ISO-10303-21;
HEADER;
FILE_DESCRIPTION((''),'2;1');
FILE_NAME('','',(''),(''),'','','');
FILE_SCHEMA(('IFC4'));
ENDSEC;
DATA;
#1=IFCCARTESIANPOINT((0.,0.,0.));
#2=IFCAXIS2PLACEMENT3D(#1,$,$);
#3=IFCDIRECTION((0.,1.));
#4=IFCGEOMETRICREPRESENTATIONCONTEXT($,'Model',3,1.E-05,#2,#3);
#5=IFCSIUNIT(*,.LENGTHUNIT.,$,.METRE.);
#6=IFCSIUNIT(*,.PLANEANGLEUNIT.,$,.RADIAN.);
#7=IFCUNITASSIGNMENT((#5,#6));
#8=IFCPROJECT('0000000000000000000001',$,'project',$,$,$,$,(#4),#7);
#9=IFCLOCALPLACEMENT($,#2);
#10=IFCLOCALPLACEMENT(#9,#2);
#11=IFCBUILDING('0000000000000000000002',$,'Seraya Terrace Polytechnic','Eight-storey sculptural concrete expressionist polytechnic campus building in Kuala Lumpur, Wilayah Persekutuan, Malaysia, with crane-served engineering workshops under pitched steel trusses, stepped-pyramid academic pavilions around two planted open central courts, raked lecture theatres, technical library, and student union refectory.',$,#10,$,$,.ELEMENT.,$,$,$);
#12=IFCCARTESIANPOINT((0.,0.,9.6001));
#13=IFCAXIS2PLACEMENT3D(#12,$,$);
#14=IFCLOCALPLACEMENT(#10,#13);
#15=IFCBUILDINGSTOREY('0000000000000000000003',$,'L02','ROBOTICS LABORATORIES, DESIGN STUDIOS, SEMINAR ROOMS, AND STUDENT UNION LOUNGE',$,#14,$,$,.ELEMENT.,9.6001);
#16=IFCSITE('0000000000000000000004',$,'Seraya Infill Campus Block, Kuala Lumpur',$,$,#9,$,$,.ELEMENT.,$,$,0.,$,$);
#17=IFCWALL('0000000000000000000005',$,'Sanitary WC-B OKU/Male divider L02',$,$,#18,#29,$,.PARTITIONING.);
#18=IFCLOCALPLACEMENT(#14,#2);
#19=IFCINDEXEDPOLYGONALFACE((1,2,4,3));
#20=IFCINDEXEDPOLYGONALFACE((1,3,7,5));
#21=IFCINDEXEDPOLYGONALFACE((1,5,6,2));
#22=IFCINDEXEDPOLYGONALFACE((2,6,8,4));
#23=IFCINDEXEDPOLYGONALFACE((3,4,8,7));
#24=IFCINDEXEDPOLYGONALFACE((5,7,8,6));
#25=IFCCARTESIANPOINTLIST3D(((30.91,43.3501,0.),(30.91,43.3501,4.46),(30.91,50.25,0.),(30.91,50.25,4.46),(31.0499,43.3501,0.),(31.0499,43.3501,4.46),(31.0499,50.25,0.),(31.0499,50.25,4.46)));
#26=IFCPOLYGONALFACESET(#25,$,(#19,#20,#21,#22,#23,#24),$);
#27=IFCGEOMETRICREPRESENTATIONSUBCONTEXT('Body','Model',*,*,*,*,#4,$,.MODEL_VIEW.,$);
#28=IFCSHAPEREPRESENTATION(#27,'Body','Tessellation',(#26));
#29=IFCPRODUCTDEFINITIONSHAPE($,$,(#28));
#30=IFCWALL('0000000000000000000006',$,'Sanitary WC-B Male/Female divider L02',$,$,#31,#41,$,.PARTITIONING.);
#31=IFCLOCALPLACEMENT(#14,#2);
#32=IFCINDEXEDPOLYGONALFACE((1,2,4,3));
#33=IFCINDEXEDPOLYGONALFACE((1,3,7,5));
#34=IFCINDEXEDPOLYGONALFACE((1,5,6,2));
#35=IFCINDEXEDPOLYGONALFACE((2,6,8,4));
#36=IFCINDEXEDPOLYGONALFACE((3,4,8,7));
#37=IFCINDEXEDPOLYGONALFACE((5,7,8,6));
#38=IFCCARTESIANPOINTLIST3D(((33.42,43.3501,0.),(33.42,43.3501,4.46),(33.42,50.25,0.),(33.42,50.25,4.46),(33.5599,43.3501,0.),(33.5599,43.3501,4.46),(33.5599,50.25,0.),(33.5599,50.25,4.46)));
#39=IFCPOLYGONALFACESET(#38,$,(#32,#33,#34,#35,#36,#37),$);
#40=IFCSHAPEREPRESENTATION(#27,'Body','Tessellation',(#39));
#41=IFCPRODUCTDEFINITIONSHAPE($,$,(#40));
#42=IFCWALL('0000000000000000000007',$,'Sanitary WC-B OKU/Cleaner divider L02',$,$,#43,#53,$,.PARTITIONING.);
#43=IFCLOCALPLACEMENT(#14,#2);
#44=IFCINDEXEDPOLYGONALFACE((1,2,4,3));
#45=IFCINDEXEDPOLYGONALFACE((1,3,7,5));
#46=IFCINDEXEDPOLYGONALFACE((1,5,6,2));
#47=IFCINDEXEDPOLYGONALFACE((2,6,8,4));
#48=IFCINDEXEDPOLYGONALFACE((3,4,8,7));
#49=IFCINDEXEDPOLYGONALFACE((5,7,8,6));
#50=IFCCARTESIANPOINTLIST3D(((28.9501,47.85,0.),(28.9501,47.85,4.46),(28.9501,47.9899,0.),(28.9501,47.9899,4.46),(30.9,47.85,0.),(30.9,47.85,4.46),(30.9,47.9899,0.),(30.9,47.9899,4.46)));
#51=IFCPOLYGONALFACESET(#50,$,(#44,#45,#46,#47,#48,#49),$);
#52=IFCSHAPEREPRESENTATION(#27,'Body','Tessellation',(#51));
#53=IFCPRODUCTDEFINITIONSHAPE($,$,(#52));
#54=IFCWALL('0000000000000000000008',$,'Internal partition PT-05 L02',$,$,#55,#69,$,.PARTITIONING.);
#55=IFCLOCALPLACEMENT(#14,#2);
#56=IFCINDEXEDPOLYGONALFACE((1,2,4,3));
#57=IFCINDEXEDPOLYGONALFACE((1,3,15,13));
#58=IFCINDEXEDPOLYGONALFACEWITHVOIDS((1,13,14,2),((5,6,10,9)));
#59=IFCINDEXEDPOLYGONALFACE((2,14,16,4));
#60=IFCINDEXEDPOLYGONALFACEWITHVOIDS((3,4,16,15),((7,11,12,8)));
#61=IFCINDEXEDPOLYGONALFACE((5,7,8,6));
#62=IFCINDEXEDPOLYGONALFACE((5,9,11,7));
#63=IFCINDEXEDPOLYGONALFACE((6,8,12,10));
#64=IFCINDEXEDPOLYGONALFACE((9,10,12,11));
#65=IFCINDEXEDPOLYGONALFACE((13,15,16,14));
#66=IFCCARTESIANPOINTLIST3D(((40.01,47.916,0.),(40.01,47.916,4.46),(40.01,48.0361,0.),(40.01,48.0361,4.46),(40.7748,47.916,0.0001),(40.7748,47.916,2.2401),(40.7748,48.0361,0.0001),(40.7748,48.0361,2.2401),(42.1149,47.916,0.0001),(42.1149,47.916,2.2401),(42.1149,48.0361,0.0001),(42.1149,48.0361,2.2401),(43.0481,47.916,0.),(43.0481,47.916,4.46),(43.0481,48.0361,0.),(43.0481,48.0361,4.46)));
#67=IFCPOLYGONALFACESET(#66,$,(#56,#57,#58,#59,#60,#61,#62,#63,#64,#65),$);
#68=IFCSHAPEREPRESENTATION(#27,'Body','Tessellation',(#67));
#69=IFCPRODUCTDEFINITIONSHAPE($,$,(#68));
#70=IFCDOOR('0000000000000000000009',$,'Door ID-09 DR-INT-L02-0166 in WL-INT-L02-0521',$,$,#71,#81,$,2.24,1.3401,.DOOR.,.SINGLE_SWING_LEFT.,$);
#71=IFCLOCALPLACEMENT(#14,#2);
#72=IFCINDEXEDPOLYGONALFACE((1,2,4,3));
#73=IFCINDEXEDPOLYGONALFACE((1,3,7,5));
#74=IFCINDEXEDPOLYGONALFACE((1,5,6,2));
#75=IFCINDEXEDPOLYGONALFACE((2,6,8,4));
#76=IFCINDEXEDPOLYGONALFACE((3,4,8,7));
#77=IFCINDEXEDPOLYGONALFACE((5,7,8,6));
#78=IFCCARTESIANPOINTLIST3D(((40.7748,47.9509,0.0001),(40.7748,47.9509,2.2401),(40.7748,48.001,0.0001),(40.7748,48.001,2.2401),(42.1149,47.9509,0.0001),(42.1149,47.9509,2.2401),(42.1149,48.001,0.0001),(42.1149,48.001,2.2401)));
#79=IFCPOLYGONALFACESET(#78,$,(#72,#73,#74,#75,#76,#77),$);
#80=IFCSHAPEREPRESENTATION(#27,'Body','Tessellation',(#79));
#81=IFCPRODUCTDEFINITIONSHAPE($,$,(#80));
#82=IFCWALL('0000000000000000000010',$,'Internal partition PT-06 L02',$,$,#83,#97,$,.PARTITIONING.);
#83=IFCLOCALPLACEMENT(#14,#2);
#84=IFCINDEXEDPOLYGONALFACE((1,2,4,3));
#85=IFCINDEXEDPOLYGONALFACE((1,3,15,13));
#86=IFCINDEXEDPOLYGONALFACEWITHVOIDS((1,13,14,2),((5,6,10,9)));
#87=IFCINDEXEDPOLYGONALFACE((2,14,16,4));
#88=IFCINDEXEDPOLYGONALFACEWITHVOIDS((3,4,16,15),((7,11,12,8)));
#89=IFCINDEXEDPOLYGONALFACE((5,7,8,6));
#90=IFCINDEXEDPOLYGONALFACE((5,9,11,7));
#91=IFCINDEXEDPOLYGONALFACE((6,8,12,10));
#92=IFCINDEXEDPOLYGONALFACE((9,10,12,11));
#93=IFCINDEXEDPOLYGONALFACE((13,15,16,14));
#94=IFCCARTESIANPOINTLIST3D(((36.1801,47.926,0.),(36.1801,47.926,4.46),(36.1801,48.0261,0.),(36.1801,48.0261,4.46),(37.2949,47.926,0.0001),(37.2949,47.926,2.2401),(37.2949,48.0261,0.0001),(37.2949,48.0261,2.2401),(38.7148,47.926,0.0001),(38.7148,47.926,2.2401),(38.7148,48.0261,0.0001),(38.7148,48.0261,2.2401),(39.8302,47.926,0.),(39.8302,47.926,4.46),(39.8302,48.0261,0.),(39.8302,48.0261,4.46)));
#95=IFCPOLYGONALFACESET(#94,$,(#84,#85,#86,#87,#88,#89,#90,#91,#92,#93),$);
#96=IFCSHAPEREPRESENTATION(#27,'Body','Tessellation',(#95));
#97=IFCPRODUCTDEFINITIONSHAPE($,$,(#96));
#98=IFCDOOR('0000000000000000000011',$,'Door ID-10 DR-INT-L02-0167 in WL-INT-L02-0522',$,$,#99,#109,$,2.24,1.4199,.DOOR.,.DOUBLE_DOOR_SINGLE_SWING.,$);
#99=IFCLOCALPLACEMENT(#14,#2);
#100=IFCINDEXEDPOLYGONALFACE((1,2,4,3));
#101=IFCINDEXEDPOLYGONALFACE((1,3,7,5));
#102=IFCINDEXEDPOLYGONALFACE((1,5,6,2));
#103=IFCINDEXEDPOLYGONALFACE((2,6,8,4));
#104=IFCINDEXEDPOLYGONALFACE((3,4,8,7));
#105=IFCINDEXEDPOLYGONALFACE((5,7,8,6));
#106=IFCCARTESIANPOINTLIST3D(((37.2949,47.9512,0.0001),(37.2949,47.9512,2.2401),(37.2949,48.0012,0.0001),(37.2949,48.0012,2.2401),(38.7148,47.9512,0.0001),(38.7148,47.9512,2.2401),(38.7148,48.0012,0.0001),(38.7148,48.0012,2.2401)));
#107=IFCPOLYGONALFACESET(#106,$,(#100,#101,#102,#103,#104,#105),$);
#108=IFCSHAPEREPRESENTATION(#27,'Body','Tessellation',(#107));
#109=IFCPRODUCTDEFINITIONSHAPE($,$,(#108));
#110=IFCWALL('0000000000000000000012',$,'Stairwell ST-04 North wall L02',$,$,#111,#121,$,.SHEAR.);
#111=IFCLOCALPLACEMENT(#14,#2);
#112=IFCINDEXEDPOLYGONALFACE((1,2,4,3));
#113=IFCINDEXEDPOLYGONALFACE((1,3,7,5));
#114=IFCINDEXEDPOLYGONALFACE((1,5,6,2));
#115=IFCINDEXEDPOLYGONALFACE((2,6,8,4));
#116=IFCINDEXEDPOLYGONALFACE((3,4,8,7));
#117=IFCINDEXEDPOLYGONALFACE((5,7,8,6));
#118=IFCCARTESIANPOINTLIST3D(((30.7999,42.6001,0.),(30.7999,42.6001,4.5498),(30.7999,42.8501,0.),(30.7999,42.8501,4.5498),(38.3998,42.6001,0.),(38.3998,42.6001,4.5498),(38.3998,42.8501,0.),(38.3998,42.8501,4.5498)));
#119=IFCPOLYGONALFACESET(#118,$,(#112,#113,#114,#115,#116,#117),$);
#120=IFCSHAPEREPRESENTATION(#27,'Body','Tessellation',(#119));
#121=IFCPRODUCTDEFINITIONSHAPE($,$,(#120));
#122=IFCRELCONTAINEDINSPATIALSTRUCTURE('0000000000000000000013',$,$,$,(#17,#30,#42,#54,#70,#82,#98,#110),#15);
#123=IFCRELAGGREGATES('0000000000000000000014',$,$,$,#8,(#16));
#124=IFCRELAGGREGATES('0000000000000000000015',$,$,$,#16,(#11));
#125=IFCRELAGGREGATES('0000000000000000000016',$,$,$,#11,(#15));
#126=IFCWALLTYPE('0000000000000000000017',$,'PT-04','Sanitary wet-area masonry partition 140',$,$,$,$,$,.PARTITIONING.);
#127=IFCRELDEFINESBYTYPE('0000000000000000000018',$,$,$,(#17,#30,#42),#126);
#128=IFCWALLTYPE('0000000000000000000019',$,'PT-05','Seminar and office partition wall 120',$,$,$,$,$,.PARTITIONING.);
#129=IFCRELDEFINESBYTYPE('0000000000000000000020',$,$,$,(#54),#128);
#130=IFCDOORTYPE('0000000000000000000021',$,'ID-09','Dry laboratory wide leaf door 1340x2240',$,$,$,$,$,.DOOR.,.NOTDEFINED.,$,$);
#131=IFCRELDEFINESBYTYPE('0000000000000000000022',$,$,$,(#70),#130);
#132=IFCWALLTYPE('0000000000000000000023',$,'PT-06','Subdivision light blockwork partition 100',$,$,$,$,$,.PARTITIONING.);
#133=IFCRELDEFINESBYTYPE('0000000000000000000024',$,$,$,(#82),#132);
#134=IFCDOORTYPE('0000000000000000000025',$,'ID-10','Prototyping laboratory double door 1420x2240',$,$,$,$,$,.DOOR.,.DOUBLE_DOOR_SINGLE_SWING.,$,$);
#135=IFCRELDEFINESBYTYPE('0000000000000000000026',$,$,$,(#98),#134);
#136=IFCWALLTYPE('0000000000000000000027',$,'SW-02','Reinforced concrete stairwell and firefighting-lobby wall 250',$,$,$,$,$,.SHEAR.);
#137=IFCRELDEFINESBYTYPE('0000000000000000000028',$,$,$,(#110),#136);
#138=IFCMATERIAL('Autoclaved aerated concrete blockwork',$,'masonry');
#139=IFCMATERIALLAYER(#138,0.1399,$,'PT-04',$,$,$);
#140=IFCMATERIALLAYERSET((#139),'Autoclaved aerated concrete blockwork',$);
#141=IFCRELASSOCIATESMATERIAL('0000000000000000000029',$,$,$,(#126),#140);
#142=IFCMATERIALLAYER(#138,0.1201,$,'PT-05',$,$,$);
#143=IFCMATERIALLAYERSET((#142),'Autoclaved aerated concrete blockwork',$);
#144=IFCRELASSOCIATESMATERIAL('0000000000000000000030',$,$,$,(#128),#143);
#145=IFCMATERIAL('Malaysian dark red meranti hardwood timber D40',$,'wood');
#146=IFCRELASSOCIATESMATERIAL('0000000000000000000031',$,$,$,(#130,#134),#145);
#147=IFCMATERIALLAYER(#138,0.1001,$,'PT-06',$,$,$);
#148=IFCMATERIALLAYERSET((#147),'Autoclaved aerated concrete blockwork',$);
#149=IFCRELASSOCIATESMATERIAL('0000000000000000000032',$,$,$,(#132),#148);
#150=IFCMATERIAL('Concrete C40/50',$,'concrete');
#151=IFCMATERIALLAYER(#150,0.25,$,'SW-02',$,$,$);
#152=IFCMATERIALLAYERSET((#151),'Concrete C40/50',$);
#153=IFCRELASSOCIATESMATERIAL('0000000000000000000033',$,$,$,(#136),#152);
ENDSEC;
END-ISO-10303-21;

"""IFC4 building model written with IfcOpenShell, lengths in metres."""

from ifc_helpers import new_model, si_unit, direction, frame, frame_2d, origin, place, context, subcontext, project, spatial, rectangle, extrude, material, layer, layer_set, type_object, element, fill, save


model = new_model("IFC4")

# Units and contexts
model_context = context("Model", 3, precision=1e-05, world=origin(), true_north=direction((0.0, 1.0)))
body_context = subcontext(model_context, "Body", "Model", "MODEL_VIEW")
ifc_project = project(units=[si_unit("LENGTHUNIT", "METRE"), si_unit("PLANEANGLEUNIT", "RADIAN")], contexts=[model_context])

# Site, building, storey
site_placement = place(None, origin())
site = spatial("IfcSite", under=ifc_project, at=site_placement, Name="Seraya Infill Campus Block, Kuala Lumpur", CompositionType="ELEMENT", RefElevation=0.0)
building_placement = place(site_placement, origin())
building = spatial("IfcBuilding", under=site, at=building_placement, Name="Seraya Terrace Polytechnic", Description="Eight-storey sculptural concrete expressionist polytechnic campus building in Kuala Lumpur, Wilayah Persekutuan, Malaysia, with crane-served engineering workshops under pitched steel trusses, stepped-pyramid academic pavilions around two planted open central courts, raked lecture theatres, technical library, and student union refectory.", CompositionType="ELEMENT")
storey_placement = place(building_placement, frame((0.0, 0.0, 9.6001)))
storey = spatial("IfcBuildingStorey", under=building, at=storey_placement, Name="L02", Description="ROBOTICS LABORATORIES, DESIGN STUDIOS, SEMINAR ROOMS, AND STUDENT UNION LOUNGE", CompositionType="ELEMENT", Elevation=9.6001)

# Shared definitions
ifc_material_1 = material(Name="Concrete C40/50", Category="concrete")

# Shared definitions
ifc_material_2 = material(Name="Autoclaved aerated concrete blockwork", Category="masonry")
ifc_layer_1 = layer(ifc_material_2, 0.1399, Name="PT-04")
ifc_layer_set_1 = layer_set([ifc_layer_1], Name="Autoclaved aerated concrete blockwork")
wall_type_1 = type_object("IfcWallType", Name="PT-04", Description="Sanitary wet-area masonry partition 140", PredefinedType="PARTITIONING", material=ifc_layer_set_1)

# Shared definitions
ifc_material_3 = material(Name="Malaysian dark red meranti hardwood timber D40", Category="wood")

# Walls
for number, where, z_axis, x_axis, name in (
    (1, (30.98, 43.3501, 0.0), (0.0, 0.0, 1.0), (0.0, 1.0, 0.0), "Sanitary WC-B OKU/Male divider L02"),
    (2, (33.49, 43.3501, 0.0), (0.0, 0.0, 1.0), (0.0, 1.0, 0.0), "Sanitary WC-B Male/Female divider L02"),
):
    element("IfcWall", number, at=place(storey_placement, frame(where, z_axis=z_axis, x_axis=x_axis)), inside=storey, type_object=wall_type_1, Name=name, PredefinedType="PARTITIONING", context=body_context, shape_type="SweptSolid", body=[
        extrude(rectangle(XDim=6.8999, YDim=0.1399, at=frame_2d((3.45, 0.0))), origin(), (0.0, 0.0, 1.0), 4.46),
    ])
wall_1_placement = place(storey_placement, frame((28.95, 47.9199, 0.0), z_axis=(0.0, 0.0, 1.0), x_axis=(1.0, 0.0, 0.0)))
element("IfcWall", 3, at=wall_1_placement, inside=storey, type_object=wall_type_1, Name="Sanitary WC-B OKU/Cleaner divider L02", PredefinedType="PARTITIONING", context=body_context, shape_type="SweptSolid", body=[
    extrude(rectangle(XDim=1.95, YDim=0.1399, at=frame_2d((0.9751, 0.0))), origin(), (0.0, 0.0, 1.0), 4.46),
])

# Walls, openings, doors
ifc_layer_2 = layer(ifc_material_2, 0.1201, Name="PT-05")
ifc_layer_set_2 = layer_set([ifc_layer_2], Name="Autoclaved aerated concrete blockwork")
wall_type_2 = type_object("IfcWallType", Name="PT-05", Description="Seminar and office partition wall 120", PredefinedType="PARTITIONING", material=ifc_layer_set_2)
wall_2_placement = place(storey_placement, frame((40.01, 47.9761, 0.0), z_axis=(0.0, 0.0, 1.0), x_axis=(1.0, 0.0, 0.0)))
wall_2 = element("IfcWall", 4, at=wall_2_placement, inside=storey, type_object=wall_type_2, Name="Internal partition PT-05 L02", PredefinedType="PARTITIONING", context=body_context, shape_type="SweptSolid", body=[
    extrude(rectangle(XDim=3.0381, YDim=0.1201, at=frame_2d((1.519, 0.0))), origin(), (0.0, 0.0, 1.0), 4.46),
])
opening_1_placement = place(wall_2_placement, frame((0.7649, 0.0, 0.0)))
opening_1 = element("IfcOpeningElement", 5, at=opening_1_placement, cuts=wall_2, PredefinedType="OPENING", context=body_context, shape_type="SweptSolid", body=[
    extrude(rectangle(XDim=1.3401, YDim=2.24, at=frame_2d((0.6699, 1.1201))), frame((0.0, 0.072, 0.0), z_axis=(0.0, -1.0, 0.0), x_axis=(1.0, 0.0, 0.0)), (0.0, 0.0, 1.0), 0.144),
])
door_type_1 = type_object("IfcDoorType", Name="ID-09", Description="Dry laboratory wide leaf door 1340x2240", OperationType="NOTDEFINED", PredefinedType="DOOR", material=ifc_material_3)
door_1_placement = place(opening_1_placement, origin())
door_1 = element("IfcDoor", 6, at=door_1_placement, inside=storey, type_object=door_type_1, Name="Door ID-09 DR-INT-L02-0166 in WL-INT-L02-0521", OperationType="SINGLE_SWING_LEFT", OverallHeight=2.24, OverallWidth=1.3401, PredefinedType="DOOR", context=body_context, shape_type="SweptSolid", body=[
    extrude(rectangle(XDim=1.3401, YDim=2.24, at=frame_2d((0.6699, 1.1201))), frame((0.0, 0.0249, 0.0), z_axis=(0.0, -1.0, 0.0), x_axis=(1.0, 0.0, 0.0)), (0.0, 0.0, 1.0), 0.05),
])
fill(opening_1, door_1)
ifc_layer_3 = layer(ifc_material_2, 0.1001, Name="PT-06")
ifc_layer_set_3 = layer_set([ifc_layer_3], Name="Autoclaved aerated concrete blockwork")
wall_type_3 = type_object("IfcWallType", Name="PT-06", Description="Subdivision light blockwork partition 100", PredefinedType="PARTITIONING", material=ifc_layer_set_3)
wall_3_placement = place(storey_placement, frame((36.1799, 47.9761, 0.0), z_axis=(0.0, 0.0, 1.0), x_axis=(1.0, 0.0, 0.0)))
wall_3 = element("IfcWall", 7, at=wall_3_placement, inside=storey, type_object=wall_type_3, Name="Internal partition PT-06 L02", PredefinedType="PARTITIONING", context=body_context, shape_type="SweptSolid", body=[
    extrude(rectangle(XDim=3.6501, YDim=0.1001, at=frame_2d((1.8252, 0.0))), origin(), (0.0, 0.0, 1.0), 4.46),
])
opening_2_placement = place(wall_3_placement, frame((1.115, 0.0, 0.0)))
opening_2 = element("IfcOpeningElement", 8, at=opening_2_placement, cuts=wall_3, PredefinedType="OPENING", context=body_context, shape_type="SweptSolid", body=[
    extrude(rectangle(XDim=1.4199, YDim=2.24, at=frame_2d((0.71, 1.1201))), frame((0.0, 0.062, 0.0), z_axis=(0.0, -1.0, 0.0), x_axis=(1.0, 0.0, 0.0)), (0.0, 0.0, 1.0), 0.124),
])
door_type_2 = type_object("IfcDoorType", Name="ID-10", Description="Prototyping laboratory double door 1420x2240", OperationType="DOUBLE_DOOR_SINGLE_SWING", PredefinedType="DOOR", material=ifc_material_3)
door_2_placement = place(opening_2_placement, frame((1.4199, 0.0, 0.0), z_axis=(0.0, 0.0, 1.0), x_axis=(-1.0, 0.0, 0.0)))
door_2 = element("IfcDoor", 9, at=door_2_placement, inside=storey, type_object=door_type_2, Name="Door ID-10 DR-INT-L02-0167 in WL-INT-L02-0522", OperationType="DOUBLE_DOOR_SINGLE_SWING", OverallHeight=2.24, OverallWidth=1.4199, PredefinedType="DOOR", context=body_context, shape_type="SweptSolid", body=[
    extrude(rectangle(XDim=1.4199, YDim=2.24, at=frame_2d((0.71, 1.1201))), frame((0.0, 0.0249, 0.0), z_axis=(0.0, -1.0, 0.0), x_axis=(1.0, 0.0, 0.0)), (0.0, 0.0, 1.0), 0.05),
])
fill(opening_2, door_2)

# Wall
ifc_layer_4 = layer(ifc_material_1, 0.25, Name="SW-02")
ifc_layer_set_4 = layer_set([ifc_layer_4], Name="Concrete C40/50")
wall_type_4 = type_object("IfcWallType", Name="SW-02", Description="Reinforced concrete stairwell and firefighting-lobby wall 250", PredefinedType="SHEAR", material=ifc_layer_set_4)
wall_4_placement = place(storey_placement, frame((30.8, 42.7251, 0.0), z_axis=(0.0, 0.0, 1.0), x_axis=(1.0, 0.0, 0.0)))
element("IfcWall", 10, at=wall_4_placement, inside=storey, type_object=wall_type_4, Name="Stairwell ST-04 North wall L02", PredefinedType="SHEAR", context=body_context, shape_type="SweptSolid", body=[
    extrude(rectangle(XDim=7.5999, YDim=0.25, at=frame_2d((3.7998, 0.0))), origin(), (0.0, 0.0, 1.0), 4.5498),
])

save(model, "model.ifc")
